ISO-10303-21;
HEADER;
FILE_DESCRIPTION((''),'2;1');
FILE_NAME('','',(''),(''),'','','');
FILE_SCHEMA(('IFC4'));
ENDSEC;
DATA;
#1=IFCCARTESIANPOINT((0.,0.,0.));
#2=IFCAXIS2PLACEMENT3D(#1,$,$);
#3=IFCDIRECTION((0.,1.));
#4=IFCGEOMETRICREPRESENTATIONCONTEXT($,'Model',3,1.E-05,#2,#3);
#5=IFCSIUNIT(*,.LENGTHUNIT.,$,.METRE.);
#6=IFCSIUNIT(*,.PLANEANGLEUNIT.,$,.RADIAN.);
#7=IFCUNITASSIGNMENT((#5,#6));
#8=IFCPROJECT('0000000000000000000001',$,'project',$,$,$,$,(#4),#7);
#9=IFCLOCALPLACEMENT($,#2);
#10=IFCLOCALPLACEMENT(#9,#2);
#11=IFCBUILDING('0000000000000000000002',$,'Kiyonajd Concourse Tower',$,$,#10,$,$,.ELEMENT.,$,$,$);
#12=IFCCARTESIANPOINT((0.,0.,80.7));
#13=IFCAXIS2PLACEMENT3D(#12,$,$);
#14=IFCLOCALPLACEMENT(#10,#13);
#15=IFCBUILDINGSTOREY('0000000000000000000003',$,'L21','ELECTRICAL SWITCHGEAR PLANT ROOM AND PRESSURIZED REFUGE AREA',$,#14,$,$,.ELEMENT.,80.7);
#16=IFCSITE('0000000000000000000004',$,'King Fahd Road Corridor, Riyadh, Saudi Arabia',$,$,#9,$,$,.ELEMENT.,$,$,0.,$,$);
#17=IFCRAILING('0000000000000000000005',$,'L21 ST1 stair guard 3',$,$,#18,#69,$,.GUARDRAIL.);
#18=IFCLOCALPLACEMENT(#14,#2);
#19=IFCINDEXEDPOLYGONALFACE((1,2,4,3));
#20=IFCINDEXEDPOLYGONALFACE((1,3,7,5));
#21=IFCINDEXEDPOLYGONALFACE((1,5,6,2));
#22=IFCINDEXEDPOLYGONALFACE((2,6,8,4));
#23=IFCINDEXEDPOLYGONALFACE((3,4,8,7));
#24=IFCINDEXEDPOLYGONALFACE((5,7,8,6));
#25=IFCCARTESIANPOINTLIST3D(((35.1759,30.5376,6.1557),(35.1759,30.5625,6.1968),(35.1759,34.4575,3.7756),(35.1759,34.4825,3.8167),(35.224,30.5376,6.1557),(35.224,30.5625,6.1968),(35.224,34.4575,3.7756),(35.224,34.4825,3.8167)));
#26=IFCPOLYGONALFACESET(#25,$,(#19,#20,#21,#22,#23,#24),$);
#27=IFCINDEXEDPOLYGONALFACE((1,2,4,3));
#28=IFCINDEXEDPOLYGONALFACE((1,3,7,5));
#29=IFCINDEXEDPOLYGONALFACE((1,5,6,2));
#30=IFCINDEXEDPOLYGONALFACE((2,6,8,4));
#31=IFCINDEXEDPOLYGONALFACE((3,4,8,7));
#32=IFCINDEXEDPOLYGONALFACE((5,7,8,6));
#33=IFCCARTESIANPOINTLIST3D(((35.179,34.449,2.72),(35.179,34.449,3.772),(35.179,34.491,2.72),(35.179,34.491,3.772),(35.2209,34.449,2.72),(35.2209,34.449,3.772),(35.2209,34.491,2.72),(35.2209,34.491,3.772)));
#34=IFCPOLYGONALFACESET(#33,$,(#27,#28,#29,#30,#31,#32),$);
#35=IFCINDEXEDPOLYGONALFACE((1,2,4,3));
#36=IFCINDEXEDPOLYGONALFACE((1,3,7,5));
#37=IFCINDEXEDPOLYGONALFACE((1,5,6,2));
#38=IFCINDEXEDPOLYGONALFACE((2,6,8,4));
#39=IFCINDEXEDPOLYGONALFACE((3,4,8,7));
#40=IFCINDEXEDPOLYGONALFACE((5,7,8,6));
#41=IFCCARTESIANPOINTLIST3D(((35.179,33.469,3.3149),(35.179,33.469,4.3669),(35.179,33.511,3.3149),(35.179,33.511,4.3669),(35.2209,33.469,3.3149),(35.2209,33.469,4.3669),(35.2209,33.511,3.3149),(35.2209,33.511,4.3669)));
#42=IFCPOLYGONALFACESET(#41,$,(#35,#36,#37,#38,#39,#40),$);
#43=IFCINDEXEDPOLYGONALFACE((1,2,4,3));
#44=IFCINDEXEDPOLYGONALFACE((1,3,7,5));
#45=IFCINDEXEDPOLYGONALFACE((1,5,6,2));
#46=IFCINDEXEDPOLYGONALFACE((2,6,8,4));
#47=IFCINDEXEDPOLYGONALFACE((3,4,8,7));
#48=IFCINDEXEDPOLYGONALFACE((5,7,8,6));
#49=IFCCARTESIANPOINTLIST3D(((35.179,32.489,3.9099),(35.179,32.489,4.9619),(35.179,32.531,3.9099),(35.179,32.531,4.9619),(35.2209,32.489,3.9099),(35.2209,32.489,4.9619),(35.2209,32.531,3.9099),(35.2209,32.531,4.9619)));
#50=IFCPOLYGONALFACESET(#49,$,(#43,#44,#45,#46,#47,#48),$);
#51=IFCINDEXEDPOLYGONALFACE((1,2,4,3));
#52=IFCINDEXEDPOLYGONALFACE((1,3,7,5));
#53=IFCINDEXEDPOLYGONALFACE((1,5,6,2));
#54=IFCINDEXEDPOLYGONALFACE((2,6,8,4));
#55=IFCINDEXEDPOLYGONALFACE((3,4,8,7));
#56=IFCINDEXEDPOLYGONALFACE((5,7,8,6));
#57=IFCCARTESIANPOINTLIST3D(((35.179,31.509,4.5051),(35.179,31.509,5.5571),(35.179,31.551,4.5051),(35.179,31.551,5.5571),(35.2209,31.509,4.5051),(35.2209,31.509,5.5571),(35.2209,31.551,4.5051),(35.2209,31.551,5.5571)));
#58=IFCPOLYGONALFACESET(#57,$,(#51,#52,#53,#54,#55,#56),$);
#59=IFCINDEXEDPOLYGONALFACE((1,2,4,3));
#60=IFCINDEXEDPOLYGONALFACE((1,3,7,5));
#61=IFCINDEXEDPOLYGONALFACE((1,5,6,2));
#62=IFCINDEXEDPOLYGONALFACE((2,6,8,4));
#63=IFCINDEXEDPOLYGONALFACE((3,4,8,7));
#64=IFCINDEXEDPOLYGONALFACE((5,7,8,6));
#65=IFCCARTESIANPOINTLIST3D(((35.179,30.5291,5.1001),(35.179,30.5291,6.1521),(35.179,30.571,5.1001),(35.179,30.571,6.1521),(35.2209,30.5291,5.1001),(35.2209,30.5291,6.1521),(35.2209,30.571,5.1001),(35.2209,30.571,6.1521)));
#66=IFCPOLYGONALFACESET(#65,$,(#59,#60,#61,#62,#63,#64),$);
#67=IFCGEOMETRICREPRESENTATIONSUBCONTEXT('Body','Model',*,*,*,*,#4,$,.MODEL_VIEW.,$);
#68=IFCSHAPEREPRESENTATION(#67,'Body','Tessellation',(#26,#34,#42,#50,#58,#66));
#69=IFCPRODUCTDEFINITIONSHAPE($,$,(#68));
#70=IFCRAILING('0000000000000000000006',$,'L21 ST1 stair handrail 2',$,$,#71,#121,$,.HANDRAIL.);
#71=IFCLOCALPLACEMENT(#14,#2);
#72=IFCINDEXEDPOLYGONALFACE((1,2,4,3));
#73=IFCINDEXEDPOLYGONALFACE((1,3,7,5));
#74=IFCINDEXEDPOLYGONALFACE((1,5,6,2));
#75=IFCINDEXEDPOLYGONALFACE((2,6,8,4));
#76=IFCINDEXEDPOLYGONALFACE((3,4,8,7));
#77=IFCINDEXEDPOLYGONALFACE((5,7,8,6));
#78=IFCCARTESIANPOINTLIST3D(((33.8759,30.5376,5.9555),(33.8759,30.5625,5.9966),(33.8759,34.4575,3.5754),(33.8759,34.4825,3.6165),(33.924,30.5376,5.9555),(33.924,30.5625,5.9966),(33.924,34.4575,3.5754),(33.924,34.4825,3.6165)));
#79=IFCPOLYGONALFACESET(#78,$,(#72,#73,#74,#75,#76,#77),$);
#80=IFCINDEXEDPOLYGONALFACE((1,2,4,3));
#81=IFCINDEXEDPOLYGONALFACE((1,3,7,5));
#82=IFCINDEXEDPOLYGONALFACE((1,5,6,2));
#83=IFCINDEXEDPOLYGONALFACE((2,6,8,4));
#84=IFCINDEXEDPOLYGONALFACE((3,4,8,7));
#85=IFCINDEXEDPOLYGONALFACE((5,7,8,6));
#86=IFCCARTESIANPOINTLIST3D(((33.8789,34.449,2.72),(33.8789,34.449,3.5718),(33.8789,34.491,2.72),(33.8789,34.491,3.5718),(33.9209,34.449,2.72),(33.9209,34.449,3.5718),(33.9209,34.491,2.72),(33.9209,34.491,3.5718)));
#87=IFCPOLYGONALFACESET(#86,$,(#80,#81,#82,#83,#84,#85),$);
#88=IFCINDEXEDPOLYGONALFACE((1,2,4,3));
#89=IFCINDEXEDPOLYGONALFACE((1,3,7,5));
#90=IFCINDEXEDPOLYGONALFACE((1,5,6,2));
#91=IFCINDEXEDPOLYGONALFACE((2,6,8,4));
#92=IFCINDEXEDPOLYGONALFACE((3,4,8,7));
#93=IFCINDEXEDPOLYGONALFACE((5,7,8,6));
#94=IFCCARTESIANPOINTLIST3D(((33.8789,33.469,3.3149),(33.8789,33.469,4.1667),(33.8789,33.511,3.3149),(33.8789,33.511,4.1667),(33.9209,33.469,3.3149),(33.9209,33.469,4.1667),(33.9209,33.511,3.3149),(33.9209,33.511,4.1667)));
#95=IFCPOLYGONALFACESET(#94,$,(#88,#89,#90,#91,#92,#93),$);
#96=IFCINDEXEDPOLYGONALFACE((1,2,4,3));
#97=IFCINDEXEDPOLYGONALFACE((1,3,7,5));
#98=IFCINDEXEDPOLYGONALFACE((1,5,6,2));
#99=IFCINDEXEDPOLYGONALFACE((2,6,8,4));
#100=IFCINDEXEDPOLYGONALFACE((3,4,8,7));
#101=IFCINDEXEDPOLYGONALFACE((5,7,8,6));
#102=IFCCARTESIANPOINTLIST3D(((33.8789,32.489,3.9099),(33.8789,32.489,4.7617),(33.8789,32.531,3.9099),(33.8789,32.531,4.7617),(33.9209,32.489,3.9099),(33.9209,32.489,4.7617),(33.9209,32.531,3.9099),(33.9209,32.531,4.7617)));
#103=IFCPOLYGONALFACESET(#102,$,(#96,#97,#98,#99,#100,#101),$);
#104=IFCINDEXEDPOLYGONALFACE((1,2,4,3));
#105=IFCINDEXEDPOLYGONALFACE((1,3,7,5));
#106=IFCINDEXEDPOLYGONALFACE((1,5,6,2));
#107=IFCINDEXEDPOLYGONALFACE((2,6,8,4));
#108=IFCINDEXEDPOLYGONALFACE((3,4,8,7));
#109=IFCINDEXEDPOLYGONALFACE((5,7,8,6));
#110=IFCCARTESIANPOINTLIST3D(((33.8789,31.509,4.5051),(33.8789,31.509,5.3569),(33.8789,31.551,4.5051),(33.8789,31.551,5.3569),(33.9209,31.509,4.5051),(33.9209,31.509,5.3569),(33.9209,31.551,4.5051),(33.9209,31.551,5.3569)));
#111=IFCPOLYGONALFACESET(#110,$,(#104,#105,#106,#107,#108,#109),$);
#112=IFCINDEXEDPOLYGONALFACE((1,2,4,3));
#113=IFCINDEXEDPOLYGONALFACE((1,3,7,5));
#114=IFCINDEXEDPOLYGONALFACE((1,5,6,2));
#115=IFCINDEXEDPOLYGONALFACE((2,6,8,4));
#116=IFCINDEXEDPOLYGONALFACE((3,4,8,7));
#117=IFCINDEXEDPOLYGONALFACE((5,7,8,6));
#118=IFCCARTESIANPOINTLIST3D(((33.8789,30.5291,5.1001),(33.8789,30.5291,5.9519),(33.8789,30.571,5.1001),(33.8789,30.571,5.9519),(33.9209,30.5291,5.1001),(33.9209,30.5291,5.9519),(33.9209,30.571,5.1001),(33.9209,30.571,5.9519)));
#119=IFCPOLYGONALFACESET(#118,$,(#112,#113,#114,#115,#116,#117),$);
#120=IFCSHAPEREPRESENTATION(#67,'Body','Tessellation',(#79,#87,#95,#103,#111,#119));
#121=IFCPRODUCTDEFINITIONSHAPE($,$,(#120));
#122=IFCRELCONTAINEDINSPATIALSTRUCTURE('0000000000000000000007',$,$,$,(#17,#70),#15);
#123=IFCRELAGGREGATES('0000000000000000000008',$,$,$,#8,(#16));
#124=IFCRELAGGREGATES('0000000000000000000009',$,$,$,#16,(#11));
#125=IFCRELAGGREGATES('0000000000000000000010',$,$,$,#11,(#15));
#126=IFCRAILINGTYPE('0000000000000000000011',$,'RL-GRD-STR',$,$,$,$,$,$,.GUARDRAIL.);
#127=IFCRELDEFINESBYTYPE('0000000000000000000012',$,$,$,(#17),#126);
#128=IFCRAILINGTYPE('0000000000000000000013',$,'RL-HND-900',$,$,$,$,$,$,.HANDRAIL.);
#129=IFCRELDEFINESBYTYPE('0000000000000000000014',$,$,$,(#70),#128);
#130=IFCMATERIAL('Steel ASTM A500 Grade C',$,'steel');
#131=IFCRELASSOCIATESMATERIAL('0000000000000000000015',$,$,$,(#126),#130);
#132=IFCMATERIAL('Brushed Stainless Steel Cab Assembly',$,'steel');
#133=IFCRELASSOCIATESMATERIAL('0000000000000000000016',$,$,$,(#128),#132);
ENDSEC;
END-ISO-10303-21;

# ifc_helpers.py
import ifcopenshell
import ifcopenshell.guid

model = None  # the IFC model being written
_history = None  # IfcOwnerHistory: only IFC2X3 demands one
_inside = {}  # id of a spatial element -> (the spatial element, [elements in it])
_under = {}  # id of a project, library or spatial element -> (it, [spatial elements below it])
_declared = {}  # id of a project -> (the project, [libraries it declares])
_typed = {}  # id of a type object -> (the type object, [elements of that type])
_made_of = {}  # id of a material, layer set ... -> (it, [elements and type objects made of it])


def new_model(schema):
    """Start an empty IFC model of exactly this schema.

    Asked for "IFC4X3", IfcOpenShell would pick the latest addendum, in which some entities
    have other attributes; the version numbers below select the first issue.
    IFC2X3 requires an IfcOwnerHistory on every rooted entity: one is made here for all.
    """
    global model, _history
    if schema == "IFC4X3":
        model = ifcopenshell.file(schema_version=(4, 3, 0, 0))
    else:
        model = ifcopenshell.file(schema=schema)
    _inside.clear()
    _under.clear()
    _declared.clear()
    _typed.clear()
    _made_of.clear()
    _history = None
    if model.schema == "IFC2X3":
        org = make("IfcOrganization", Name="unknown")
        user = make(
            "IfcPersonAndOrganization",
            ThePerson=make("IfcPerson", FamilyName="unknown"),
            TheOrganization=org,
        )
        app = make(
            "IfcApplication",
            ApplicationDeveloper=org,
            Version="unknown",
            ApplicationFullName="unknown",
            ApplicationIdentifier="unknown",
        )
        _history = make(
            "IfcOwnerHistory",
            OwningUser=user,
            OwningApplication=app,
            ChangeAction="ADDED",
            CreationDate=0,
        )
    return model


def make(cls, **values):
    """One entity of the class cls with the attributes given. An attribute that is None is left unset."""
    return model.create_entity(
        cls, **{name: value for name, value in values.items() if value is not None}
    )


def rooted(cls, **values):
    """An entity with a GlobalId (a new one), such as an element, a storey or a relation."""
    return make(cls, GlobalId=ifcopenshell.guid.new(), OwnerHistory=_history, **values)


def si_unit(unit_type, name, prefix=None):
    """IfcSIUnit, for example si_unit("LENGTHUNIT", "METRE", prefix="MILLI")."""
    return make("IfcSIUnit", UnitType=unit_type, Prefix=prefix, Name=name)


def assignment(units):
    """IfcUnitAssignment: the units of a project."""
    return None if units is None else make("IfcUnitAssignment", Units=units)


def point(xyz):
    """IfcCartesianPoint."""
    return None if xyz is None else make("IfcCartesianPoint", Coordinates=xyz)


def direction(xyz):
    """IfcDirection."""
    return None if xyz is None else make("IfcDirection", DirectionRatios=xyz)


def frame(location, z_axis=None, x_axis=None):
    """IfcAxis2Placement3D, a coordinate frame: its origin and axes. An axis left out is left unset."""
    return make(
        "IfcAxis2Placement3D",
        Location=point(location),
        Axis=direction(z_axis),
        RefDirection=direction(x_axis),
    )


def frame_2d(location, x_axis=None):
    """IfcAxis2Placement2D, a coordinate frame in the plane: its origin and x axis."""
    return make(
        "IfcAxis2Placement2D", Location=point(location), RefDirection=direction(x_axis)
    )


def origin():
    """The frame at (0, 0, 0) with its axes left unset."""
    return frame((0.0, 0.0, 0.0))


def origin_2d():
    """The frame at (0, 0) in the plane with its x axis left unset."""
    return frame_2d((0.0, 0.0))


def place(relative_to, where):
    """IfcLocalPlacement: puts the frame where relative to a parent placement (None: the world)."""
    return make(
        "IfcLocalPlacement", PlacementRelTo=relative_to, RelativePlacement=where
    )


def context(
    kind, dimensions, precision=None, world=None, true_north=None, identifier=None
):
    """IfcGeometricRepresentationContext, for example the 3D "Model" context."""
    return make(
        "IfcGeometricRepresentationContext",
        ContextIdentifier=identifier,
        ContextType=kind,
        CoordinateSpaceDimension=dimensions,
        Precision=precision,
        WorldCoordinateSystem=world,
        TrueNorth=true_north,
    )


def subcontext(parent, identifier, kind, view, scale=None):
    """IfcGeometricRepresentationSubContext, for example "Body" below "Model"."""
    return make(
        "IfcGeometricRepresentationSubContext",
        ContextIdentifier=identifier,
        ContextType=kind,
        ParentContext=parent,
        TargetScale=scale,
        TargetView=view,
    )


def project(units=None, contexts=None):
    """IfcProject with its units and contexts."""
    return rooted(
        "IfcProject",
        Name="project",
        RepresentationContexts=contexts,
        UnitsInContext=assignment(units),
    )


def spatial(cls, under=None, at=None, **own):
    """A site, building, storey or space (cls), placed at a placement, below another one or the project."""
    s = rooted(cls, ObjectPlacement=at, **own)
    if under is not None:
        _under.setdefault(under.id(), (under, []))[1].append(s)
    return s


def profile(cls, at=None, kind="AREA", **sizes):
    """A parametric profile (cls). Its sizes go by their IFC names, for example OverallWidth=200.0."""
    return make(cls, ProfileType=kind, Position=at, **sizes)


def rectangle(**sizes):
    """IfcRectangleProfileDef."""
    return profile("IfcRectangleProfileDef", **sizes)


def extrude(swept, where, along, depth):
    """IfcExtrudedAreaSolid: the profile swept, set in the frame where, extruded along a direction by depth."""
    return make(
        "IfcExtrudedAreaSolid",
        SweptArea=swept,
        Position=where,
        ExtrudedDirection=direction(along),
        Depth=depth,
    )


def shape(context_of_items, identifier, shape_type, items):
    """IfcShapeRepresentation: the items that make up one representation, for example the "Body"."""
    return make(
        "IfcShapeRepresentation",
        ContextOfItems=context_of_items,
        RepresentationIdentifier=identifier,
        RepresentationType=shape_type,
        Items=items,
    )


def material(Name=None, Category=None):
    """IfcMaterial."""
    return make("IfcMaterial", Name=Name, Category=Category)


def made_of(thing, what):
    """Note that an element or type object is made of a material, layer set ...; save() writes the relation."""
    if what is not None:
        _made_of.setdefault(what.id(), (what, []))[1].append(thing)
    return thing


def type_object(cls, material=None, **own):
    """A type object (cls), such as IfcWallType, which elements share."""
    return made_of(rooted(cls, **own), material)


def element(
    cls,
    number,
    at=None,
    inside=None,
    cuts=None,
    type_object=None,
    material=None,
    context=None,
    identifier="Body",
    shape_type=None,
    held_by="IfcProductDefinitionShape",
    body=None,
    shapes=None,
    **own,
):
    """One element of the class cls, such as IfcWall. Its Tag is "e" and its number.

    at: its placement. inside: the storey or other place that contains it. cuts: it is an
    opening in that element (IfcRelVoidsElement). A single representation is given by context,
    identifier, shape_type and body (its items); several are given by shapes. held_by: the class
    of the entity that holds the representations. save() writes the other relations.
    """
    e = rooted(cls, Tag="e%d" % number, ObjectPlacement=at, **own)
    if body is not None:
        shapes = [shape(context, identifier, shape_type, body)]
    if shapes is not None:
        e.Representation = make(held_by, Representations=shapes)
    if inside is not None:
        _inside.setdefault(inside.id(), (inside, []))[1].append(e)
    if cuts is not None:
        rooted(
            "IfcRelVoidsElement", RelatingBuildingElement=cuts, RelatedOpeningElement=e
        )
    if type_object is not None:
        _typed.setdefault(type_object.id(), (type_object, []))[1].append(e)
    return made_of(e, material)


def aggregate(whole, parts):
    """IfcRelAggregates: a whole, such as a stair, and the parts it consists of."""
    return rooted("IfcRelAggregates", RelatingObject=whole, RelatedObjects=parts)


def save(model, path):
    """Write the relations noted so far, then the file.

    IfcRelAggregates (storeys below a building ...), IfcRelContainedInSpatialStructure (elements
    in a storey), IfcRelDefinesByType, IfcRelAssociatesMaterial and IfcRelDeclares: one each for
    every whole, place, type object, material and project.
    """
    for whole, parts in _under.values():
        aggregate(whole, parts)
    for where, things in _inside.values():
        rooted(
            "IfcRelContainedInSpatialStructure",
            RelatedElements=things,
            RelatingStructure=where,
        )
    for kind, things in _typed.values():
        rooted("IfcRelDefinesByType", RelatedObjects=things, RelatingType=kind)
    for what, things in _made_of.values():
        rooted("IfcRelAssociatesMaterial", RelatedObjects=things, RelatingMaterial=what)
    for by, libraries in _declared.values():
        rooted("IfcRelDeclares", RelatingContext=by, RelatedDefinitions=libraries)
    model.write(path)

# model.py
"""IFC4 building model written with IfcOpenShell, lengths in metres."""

from ifc_helpers import new_model, si_unit, direction, frame, origin, origin_2d, place, context, subcontext, project, spatial, rectangle, extrude, material, type_object, element, save


model = new_model("IFC4")

# Units and contexts
model_context = context("Model", 3, precision=1e-05, world=origin(), true_north=direction((0.0, 1.0)))
body_context = subcontext(model_context, "Body", "Model", "MODEL_VIEW")
ifc_project = project(units=[si_unit("LENGTHUNIT", "METRE"), si_unit("PLANEANGLEUNIT", "RADIAN")], contexts=[model_context])

# Site, building, storey
site_placement = place(None, origin())
site = spatial("IfcSite", under=ifc_project, at=site_placement, Name="King Fahd Road Corridor, Riyadh, Saudi Arabia", CompositionType="ELEMENT", RefElevation=0.0)
building_placement = place(site_placement, origin())
building = spatial("IfcBuilding", under=site, at=building_placement, Name="Kiyonajd Concourse Tower", CompositionType="ELEMENT")
storey_placement = place(building_placement, frame((0.0, 0.0, 80.7)))
storey = spatial("IfcBuildingStorey", under=building, at=storey_placement, Name="L21", Description="ELECTRICAL SWITCHGEAR PLANT ROOM AND PRESSURIZED REFUGE AREA", CompositionType="ELEMENT", Elevation=80.7)

# Shared definitions
ifc_material_1 = material(Name="Brushed Stainless Steel Cab Assembly", Category="steel")

# Railings
ifc_material_2 = material(Name="Steel ASTM A500 Grade C", Category="steel")
railing_type_1 = type_object("IfcRailingType", Name="RL-GRD-STR", PredefinedType="GUARDRAIL", material=ifc_material_2)
railing_1_placement = place(storey_placement, frame((35.2, 34.47, 2.72)))
element("IfcRailing", 1, at=railing_1_placement, inside=storey, type_object=railing_type_1, Name="L21 ST1 stair guard 3", PredefinedType="GUARDRAIL", context=body_context, shape_type="SweptSolid", body=[
    extrude(rectangle(XDim=0.0481, YDim=0.0481, at=origin_2d()), frame((0.0, 0.0, 1.0762), z_axis=(0.0, -0.854771, 0.519006), x_axis=(1.0, 0.0, 0.0)), (0.0, 0.0, 1.0), 4.5859),
    extrude(rectangle(XDim=0.042, YDim=0.042, at=origin_2d()), origin(), (0.0, 0.0, 1.0), 1.052),
    extrude(rectangle(XDim=0.042, YDim=0.042, at=origin_2d()), frame((0.0, -0.98, 0.595)), (0.0, 0.0, 1.0), 1.052),
    extrude(rectangle(XDim=0.042, YDim=0.042, at=origin_2d()), frame((0.0, -1.96, 1.1899)), (0.0, 0.0, 1.0), 1.052),
    extrude(rectangle(XDim=0.042, YDim=0.042, at=origin_2d()), frame((0.0, -2.9399, 1.7852)), (0.0, 0.0, 1.0), 1.052),
    extrude(rectangle(XDim=0.042, YDim=0.042, at=origin_2d()), frame((0.0, -3.9199, 2.3801)), (0.0, 0.0, 1.0), 1.052),
])
railing_type_2 = type_object("IfcRailingType", Name="RL-HND-900", PredefinedType="HANDRAIL", material=ifc_material_1)
railing_2_placement = place(storey_placement, frame((33.8999, 34.47, 2.72)))
element("IfcRailing", 2, at=railing_2_placement, inside=storey, type_object=railing_type_2, Name="L21 ST1 stair handrail 2", PredefinedType="HANDRAIL", context=body_context, shape_type="SweptSolid", body=[
    extrude(rectangle(XDim=0.0481, YDim=0.0481, at=origin_2d()), frame((0.0, 0.0, 0.876), z_axis=(0.0, -0.854771, 0.519006), x_axis=(1.0, 0.0, 0.0)), (0.0, 0.0, 1.0), 4.5859),
    extrude(rectangle(XDim=0.042, YDim=0.042, at=origin_2d()), origin(), (0.0, 0.0, 1.0), 0.8518),
    extrude(rectangle(XDim=0.042, YDim=0.042, at=origin_2d()), frame((0.0, -0.98, 0.595)), (0.0, 0.0, 1.0), 0.8518),
    extrude(rectangle(XDim=0.042, YDim=0.042, at=origin_2d()), frame((0.0, -1.96, 1.1899)), (0.0, 0.0, 1.0), 0.8518),
    extrude(rectangle(XDim=0.042, YDim=0.042, at=origin_2d()), frame((0.0, -2.9399, 1.7852)), (0.0, 0.0, 1.0), 0.8518),
    extrude(rectangle(XDim=0.042, YDim=0.042, at=origin_2d()), frame((0.0, -3.9199, 2.3801)), (0.0, 0.0, 1.0), 0.8518),
])

save(model, "model.ifc")
